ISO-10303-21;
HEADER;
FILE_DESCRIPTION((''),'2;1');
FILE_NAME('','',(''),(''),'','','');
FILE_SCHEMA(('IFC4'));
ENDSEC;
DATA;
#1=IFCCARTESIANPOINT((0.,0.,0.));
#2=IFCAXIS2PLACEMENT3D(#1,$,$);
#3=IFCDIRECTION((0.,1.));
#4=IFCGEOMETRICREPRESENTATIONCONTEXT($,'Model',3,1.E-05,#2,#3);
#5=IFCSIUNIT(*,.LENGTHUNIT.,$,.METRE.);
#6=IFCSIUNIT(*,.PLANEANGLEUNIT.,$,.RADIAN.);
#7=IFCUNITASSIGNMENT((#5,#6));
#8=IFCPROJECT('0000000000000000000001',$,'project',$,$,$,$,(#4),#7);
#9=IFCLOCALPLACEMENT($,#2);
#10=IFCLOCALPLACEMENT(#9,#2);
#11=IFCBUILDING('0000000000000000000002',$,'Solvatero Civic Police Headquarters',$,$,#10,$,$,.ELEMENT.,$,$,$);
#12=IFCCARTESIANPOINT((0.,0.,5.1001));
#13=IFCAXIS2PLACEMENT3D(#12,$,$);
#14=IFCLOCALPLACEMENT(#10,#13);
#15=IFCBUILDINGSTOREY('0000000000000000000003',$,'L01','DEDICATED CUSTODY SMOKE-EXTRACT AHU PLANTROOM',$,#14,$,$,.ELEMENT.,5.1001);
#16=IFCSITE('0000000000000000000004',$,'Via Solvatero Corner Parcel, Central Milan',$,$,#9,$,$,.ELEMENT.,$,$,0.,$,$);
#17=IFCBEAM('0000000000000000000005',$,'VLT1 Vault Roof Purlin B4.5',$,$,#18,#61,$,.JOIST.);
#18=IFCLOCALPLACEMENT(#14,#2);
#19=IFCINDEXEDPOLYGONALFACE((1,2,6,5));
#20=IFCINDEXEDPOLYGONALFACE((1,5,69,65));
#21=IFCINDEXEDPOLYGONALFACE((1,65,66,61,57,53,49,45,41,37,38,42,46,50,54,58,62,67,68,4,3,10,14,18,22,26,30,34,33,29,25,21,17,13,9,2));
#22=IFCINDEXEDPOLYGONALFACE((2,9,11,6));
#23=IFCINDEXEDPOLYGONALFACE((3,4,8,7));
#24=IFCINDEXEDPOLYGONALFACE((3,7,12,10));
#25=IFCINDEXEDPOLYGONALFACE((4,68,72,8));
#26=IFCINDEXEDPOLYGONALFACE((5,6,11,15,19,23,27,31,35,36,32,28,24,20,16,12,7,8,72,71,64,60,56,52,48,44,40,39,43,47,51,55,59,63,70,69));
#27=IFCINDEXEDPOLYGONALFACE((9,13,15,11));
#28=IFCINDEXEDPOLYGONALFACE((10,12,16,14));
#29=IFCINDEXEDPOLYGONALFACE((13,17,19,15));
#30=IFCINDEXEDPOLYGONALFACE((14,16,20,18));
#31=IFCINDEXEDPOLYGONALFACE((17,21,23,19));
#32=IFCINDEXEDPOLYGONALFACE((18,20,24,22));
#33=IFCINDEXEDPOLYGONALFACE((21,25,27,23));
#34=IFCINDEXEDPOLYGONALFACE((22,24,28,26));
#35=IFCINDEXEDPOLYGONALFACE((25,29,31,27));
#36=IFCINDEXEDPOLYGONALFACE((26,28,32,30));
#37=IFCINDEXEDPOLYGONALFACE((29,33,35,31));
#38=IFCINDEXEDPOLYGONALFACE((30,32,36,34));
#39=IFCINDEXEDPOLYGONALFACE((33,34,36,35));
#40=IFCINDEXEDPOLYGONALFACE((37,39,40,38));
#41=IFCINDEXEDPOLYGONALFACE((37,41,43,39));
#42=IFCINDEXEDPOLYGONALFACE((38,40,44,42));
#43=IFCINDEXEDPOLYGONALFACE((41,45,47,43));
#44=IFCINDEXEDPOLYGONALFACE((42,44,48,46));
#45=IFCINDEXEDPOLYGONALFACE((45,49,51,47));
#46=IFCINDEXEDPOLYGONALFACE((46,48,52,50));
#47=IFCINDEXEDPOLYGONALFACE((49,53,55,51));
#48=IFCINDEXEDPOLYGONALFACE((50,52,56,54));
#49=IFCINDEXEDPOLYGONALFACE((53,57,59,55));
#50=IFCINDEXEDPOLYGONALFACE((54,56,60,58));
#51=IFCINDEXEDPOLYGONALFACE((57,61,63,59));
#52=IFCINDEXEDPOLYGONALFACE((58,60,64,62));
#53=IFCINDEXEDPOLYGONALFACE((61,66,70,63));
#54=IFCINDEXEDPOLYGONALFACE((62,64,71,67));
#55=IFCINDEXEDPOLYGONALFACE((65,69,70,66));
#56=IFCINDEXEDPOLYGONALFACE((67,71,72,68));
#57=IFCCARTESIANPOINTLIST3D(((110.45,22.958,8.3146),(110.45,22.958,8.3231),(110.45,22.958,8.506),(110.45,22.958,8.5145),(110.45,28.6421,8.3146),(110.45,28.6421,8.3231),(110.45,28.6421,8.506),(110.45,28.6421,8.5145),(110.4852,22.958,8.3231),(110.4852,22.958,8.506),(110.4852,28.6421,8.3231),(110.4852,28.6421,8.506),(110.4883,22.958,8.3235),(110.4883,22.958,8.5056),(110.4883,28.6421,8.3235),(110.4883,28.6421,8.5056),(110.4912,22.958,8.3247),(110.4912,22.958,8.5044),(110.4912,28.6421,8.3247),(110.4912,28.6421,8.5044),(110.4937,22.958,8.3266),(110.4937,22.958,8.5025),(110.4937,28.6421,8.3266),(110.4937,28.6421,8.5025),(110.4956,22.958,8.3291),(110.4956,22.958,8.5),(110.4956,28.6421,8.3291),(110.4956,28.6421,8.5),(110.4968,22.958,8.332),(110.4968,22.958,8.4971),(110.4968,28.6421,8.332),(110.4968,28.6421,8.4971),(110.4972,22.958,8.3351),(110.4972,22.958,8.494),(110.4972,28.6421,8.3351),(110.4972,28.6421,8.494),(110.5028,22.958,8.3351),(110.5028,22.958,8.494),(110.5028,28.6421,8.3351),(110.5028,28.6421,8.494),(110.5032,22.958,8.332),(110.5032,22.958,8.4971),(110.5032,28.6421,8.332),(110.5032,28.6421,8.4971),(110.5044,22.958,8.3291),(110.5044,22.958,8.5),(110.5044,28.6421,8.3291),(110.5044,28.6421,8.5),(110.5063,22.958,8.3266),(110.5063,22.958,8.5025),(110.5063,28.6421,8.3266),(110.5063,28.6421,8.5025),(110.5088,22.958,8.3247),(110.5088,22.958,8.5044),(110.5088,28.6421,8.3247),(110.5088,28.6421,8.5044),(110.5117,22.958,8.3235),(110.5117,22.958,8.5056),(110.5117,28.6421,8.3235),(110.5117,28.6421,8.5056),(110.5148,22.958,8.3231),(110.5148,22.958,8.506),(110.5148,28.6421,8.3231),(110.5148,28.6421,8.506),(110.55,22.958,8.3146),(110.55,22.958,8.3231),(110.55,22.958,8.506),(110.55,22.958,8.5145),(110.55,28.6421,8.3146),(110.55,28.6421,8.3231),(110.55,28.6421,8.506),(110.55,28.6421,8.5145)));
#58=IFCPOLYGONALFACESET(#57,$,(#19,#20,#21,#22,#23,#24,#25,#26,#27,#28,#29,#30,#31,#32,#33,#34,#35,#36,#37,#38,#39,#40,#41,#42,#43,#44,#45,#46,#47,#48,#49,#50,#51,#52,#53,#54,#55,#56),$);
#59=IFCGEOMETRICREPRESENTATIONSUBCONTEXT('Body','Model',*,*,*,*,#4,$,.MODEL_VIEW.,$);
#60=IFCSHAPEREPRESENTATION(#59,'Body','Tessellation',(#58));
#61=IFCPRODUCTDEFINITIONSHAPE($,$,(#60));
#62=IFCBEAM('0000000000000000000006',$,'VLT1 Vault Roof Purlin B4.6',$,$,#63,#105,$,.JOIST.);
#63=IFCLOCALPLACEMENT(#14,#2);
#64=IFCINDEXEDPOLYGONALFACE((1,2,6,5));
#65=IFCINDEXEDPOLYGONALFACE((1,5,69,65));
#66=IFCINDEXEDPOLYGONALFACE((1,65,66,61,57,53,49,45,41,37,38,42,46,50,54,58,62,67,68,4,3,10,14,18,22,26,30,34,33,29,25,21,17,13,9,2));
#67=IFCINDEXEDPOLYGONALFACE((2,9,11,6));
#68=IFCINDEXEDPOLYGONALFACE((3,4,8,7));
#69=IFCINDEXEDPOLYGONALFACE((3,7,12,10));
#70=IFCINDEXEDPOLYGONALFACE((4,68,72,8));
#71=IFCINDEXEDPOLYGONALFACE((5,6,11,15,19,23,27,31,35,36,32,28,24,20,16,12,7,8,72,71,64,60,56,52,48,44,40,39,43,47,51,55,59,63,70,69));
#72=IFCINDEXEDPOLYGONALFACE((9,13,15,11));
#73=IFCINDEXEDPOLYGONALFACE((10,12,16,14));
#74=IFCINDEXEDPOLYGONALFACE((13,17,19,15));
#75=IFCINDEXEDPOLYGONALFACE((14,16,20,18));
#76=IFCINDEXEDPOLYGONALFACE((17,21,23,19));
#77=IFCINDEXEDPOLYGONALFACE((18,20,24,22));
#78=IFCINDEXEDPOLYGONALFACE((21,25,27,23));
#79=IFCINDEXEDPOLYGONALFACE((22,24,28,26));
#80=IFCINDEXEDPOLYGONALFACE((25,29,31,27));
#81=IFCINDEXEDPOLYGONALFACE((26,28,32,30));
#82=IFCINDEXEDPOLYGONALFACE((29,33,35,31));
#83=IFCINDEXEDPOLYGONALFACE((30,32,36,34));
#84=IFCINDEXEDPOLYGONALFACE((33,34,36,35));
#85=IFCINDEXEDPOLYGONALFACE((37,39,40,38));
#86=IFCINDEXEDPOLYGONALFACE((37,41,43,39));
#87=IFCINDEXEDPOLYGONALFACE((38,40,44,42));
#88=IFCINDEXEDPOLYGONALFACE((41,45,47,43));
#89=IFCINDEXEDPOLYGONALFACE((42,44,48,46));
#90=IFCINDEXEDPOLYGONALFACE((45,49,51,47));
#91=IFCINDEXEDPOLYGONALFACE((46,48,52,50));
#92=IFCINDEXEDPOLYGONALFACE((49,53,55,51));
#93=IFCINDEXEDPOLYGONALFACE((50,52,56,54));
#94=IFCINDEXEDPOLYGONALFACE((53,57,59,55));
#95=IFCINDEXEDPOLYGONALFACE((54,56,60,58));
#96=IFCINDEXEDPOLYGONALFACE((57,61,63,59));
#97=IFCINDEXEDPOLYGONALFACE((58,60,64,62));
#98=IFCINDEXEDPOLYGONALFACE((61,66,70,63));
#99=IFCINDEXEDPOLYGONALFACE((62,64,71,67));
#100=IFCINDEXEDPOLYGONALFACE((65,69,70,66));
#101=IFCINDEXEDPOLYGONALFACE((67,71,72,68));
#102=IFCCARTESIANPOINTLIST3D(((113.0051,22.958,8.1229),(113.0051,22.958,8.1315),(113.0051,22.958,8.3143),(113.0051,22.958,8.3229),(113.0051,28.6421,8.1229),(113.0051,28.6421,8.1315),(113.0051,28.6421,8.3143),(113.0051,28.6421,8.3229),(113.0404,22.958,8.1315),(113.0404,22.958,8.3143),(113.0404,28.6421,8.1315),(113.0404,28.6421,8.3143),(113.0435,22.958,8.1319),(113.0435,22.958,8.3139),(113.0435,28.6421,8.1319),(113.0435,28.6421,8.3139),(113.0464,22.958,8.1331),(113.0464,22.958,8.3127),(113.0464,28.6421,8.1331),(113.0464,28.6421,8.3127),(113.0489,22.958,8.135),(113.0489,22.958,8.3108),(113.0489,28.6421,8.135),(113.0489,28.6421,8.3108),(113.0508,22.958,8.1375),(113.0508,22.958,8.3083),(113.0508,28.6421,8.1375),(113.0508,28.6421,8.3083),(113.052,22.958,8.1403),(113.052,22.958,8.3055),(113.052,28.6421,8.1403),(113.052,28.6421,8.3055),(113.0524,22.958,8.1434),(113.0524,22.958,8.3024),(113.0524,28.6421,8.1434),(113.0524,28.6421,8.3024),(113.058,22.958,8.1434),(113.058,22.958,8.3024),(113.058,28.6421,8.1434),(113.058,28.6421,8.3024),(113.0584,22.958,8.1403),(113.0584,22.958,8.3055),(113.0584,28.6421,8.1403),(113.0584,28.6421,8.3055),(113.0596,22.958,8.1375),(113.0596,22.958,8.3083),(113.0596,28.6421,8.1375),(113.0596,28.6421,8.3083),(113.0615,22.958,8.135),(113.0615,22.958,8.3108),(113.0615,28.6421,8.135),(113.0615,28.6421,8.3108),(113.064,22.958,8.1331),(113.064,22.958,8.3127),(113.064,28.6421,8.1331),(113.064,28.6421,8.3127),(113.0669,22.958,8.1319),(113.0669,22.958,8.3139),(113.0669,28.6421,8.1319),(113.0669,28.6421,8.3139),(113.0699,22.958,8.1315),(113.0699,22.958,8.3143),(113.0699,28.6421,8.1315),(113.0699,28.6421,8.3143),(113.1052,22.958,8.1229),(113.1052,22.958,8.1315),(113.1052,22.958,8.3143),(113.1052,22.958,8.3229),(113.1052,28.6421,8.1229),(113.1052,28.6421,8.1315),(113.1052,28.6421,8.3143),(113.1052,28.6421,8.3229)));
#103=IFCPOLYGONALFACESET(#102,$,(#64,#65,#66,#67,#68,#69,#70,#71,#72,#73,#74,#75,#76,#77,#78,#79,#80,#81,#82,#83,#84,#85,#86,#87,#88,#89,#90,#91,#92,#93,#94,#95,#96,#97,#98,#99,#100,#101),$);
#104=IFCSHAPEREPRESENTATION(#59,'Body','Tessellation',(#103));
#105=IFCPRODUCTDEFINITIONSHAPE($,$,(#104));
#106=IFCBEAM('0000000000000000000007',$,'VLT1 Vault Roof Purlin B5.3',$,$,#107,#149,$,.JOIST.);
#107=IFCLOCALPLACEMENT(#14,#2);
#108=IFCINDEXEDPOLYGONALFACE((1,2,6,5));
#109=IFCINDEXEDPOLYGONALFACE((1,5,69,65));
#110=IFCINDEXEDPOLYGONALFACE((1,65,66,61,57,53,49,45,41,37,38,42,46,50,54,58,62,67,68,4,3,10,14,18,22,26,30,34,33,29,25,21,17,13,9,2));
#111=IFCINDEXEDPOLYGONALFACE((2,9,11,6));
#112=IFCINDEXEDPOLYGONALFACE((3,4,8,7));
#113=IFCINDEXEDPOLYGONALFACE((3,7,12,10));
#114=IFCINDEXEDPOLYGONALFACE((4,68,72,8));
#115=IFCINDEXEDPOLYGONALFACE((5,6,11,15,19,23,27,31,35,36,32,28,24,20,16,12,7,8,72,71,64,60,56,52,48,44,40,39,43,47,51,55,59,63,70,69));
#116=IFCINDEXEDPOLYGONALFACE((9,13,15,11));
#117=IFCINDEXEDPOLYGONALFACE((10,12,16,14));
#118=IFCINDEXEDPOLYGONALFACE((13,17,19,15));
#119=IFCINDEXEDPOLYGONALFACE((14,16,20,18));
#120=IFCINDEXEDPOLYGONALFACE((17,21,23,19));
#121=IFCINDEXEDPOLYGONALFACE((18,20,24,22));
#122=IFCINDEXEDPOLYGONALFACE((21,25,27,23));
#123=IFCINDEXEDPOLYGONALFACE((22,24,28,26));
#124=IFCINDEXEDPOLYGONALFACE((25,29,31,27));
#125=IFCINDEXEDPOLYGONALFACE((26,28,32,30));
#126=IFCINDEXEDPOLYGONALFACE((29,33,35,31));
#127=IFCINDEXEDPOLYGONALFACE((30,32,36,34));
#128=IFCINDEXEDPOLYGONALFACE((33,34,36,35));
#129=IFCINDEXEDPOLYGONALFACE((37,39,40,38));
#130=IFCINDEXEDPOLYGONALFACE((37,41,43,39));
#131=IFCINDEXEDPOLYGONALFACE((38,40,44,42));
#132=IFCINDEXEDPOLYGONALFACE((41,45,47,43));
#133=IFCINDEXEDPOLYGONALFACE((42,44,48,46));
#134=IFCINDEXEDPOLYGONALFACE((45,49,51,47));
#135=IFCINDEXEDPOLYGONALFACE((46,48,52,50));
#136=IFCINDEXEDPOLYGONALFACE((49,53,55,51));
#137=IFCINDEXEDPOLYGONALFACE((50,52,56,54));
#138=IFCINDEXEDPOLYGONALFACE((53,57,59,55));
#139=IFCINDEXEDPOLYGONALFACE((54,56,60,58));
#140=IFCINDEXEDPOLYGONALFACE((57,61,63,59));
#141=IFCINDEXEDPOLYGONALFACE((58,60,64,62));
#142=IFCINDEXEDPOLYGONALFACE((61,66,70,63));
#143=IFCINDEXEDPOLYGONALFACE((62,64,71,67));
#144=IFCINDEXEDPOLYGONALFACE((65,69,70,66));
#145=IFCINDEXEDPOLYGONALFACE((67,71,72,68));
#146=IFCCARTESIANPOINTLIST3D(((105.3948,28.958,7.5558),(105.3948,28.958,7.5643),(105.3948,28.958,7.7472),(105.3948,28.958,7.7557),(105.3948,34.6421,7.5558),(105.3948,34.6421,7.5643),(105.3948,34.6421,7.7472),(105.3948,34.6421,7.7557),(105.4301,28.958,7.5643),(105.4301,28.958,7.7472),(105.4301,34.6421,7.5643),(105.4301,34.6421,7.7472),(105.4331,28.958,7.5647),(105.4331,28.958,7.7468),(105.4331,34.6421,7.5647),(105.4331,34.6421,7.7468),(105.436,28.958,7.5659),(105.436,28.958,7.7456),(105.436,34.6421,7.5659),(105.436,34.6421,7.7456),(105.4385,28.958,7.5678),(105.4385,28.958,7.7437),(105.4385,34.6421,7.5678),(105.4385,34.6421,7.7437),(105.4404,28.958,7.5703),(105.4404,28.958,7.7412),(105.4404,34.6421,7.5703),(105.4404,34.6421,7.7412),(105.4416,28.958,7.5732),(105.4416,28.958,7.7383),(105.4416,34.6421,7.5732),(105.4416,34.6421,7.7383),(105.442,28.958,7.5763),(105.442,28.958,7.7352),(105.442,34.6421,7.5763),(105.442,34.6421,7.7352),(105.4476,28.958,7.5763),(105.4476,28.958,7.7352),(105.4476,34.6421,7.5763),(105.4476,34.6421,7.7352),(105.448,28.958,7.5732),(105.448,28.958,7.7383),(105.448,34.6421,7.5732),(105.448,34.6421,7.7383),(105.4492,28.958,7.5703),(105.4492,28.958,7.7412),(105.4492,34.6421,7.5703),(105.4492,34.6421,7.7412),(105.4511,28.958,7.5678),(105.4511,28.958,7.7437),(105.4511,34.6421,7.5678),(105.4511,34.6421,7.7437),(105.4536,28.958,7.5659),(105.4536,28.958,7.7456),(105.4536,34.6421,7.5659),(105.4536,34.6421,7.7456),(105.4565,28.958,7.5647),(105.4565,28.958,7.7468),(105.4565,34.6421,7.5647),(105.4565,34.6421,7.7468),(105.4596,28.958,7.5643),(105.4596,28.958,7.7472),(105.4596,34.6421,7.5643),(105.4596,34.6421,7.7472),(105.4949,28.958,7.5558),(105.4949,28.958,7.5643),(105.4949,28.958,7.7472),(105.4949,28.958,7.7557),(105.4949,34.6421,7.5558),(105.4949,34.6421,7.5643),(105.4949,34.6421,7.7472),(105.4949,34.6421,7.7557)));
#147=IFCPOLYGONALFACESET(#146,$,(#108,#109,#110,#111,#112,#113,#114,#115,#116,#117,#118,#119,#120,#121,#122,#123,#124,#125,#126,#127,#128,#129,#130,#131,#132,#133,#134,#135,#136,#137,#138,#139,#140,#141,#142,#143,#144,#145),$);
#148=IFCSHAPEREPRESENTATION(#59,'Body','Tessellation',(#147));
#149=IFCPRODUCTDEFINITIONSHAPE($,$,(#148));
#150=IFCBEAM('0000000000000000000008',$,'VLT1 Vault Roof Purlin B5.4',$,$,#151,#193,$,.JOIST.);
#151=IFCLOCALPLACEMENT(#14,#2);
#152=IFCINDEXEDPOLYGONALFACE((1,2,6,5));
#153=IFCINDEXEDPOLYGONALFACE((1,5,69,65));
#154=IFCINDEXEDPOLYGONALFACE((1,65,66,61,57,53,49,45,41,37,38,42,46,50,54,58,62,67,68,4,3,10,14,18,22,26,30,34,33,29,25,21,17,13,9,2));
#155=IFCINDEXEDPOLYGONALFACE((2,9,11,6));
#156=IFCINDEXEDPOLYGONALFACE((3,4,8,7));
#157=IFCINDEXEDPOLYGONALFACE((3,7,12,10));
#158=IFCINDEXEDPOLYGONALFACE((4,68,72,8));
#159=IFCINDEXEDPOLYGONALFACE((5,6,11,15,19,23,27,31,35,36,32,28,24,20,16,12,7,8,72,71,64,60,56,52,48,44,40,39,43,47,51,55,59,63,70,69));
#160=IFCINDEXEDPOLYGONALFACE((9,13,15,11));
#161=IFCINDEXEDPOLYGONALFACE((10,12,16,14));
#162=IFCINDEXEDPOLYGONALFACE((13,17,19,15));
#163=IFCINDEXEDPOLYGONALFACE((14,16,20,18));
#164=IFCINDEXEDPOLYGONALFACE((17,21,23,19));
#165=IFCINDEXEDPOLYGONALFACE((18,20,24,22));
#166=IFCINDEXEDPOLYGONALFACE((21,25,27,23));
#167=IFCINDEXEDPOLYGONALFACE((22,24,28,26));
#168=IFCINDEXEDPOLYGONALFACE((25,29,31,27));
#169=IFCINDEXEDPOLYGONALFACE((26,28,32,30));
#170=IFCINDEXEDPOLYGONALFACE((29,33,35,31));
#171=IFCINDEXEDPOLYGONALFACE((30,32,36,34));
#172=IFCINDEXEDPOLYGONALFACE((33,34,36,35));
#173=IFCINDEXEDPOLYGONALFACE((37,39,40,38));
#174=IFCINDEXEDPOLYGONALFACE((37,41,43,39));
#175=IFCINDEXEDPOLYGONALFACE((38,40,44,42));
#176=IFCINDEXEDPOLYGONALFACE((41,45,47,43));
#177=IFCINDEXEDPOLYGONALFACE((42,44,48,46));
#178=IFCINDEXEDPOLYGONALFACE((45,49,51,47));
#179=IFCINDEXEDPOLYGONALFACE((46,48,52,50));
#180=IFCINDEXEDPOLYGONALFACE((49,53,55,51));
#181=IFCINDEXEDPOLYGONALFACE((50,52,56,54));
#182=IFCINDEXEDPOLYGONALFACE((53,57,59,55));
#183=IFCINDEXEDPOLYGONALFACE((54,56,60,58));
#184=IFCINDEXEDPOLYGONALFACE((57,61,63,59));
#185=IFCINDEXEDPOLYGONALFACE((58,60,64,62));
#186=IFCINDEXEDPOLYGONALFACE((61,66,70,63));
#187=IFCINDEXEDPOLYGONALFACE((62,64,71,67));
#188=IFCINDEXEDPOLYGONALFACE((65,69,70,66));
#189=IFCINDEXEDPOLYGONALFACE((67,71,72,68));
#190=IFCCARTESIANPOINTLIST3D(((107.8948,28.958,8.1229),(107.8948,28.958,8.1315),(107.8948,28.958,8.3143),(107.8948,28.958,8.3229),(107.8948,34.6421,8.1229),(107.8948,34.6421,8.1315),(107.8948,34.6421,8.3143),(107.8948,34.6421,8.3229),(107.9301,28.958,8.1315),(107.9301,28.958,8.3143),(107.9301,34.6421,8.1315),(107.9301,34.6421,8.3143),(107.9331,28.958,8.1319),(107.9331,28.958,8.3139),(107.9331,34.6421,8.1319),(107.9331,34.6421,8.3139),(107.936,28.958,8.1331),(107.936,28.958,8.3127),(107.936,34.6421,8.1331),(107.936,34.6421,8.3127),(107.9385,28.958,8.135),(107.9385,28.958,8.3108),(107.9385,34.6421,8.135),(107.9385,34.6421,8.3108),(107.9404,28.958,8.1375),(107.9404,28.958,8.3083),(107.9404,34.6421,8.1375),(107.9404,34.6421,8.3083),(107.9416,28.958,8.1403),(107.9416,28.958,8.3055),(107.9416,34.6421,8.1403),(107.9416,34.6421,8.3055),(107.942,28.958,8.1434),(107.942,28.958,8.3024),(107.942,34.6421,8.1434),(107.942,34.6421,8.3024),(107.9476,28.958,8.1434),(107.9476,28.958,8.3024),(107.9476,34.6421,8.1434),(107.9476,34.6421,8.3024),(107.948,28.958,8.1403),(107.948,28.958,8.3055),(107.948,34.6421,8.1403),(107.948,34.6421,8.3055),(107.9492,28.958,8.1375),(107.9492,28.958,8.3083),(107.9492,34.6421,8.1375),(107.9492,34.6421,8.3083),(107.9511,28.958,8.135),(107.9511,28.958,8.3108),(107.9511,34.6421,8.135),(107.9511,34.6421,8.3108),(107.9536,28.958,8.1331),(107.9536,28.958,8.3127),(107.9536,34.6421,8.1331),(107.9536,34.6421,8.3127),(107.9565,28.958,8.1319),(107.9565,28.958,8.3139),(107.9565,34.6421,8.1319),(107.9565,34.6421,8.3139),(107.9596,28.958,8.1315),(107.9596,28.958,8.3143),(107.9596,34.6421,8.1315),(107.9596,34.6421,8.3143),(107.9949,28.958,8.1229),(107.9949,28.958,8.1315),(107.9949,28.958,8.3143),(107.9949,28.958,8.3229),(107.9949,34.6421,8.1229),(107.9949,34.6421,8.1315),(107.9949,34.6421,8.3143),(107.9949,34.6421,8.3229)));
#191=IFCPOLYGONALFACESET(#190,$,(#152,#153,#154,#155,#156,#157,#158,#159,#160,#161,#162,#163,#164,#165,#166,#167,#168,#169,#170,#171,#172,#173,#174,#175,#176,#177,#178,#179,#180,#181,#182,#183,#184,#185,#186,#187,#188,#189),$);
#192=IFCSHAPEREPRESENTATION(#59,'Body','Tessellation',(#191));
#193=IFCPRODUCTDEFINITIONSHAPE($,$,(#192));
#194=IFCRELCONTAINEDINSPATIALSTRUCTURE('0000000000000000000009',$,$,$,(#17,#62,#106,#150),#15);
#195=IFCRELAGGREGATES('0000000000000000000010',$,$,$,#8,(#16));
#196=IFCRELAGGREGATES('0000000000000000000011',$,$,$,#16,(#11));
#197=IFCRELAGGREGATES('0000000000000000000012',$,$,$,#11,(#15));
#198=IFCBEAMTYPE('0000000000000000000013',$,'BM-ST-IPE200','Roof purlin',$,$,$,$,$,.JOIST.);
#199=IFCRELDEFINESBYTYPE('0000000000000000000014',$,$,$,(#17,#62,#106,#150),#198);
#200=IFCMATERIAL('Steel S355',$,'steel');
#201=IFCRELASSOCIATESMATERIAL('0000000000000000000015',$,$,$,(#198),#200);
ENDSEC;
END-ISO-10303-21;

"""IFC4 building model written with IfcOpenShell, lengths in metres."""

from ifc_helpers import new_model, si_unit, direction, frame, origin, origin_2d, place, context, subcontext, project, spatial, i_section, extrude, material, material_profile, profile_set, type_object, element, save


model = new_model("IFC4")

# Units and contexts
model_context = context("Model", 3, precision=1e-05, world=origin(), true_north=direction((0.0, 1.0)))
body_context = subcontext(model_context, "Body", "Model", "MODEL_VIEW")
ifc_project = project(units=[si_unit("LENGTHUNIT", "METRE"), si_unit("PLANEANGLEUNIT", "RADIAN")], contexts=[model_context])

# Site, building, storey
site_placement = place(None, origin())
site = spatial("IfcSite", under=ifc_project, at=site_placement, Name="Via Solvatero Corner Parcel, Central Milan", CompositionType="ELEMENT", RefElevation=0.0)
building_placement = place(site_placement, origin())
building = spatial("IfcBuilding", under=site, at=building_placement, Name="Solvatero Civic Police Headquarters", CompositionType="ELEMENT")
storey_placement = place(building_placement, frame((0.0, 0.0, 5.1001)))
storey = spatial("IfcBuildingStorey", under=building, at=storey_placement, Name="L01", Description="DEDICATED CUSTODY SMOKE-EXTRACT AHU PLANTROOM", CompositionType="ELEMENT", Elevation=5.1001)

# Beams
ifc_material = material(Name="Steel S355", Category="steel")
ifc_material_profile_1 = material_profile(ifc_material, i_section(OverallWidth=0.1001, OverallDepth=0.2, WebThickness=0.0056, FlangeThickness=0.0085, FilletRadius=0.012, at=origin_2d()), Name="IPE 200")
ifc_profile_set_1 = profile_set([ifc_material_profile_1], Name="Steel S355")
beam_type_1 = type_object("IfcBeamType", Name="BM-ST-IPE200", Description="Roof purlin", PredefinedType="JOIST", material=ifc_profile_set_1)
for number, where, z_axis, x_axis, name in (
    (1, (110.5, 22.958, 8.4146), (0.0, 1.0, 0.0), (-1.0, 0.0, 0.0), "VLT1 Vault Roof Purlin B4.5"),
    (2, (113.0552, 22.958, 8.2229), (0.0, 1.0, 0.0), (-1.0, 0.0, 0.0), "VLT1 Vault Roof Purlin B4.6"),
    (3, (105.4448, 28.958, 7.6558), (0.0, 1.0, 0.0), (-1.0, 0.0, 0.0), "VLT1 Vault Roof Purlin B5.3"),
    (4, (107.9448, 28.958, 8.2229), (0.0, 1.0, 0.0), (-1.0, 0.0, 0.0), "VLT1 Vault Roof Purlin B5.4"),
):
    element("IfcBeam", number, at=place(storey_placement, frame(where, z_axis=z_axis, x_axis=x_axis)), inside=storey, type_object=beam_type_1, Name=name, PredefinedType="JOIST", context=body_context, shape_type="SweptSolid", body=[
        extrude(i_section(OverallWidth=0.1001, OverallDepth=0.2, WebThickness=0.0056, FlangeThickness=0.0085, FilletRadius=0.012, at=origin_2d()), origin(), (0.0, 0.0, 1.0), 5.6841),
    ])

save(model, "model.ifc")
